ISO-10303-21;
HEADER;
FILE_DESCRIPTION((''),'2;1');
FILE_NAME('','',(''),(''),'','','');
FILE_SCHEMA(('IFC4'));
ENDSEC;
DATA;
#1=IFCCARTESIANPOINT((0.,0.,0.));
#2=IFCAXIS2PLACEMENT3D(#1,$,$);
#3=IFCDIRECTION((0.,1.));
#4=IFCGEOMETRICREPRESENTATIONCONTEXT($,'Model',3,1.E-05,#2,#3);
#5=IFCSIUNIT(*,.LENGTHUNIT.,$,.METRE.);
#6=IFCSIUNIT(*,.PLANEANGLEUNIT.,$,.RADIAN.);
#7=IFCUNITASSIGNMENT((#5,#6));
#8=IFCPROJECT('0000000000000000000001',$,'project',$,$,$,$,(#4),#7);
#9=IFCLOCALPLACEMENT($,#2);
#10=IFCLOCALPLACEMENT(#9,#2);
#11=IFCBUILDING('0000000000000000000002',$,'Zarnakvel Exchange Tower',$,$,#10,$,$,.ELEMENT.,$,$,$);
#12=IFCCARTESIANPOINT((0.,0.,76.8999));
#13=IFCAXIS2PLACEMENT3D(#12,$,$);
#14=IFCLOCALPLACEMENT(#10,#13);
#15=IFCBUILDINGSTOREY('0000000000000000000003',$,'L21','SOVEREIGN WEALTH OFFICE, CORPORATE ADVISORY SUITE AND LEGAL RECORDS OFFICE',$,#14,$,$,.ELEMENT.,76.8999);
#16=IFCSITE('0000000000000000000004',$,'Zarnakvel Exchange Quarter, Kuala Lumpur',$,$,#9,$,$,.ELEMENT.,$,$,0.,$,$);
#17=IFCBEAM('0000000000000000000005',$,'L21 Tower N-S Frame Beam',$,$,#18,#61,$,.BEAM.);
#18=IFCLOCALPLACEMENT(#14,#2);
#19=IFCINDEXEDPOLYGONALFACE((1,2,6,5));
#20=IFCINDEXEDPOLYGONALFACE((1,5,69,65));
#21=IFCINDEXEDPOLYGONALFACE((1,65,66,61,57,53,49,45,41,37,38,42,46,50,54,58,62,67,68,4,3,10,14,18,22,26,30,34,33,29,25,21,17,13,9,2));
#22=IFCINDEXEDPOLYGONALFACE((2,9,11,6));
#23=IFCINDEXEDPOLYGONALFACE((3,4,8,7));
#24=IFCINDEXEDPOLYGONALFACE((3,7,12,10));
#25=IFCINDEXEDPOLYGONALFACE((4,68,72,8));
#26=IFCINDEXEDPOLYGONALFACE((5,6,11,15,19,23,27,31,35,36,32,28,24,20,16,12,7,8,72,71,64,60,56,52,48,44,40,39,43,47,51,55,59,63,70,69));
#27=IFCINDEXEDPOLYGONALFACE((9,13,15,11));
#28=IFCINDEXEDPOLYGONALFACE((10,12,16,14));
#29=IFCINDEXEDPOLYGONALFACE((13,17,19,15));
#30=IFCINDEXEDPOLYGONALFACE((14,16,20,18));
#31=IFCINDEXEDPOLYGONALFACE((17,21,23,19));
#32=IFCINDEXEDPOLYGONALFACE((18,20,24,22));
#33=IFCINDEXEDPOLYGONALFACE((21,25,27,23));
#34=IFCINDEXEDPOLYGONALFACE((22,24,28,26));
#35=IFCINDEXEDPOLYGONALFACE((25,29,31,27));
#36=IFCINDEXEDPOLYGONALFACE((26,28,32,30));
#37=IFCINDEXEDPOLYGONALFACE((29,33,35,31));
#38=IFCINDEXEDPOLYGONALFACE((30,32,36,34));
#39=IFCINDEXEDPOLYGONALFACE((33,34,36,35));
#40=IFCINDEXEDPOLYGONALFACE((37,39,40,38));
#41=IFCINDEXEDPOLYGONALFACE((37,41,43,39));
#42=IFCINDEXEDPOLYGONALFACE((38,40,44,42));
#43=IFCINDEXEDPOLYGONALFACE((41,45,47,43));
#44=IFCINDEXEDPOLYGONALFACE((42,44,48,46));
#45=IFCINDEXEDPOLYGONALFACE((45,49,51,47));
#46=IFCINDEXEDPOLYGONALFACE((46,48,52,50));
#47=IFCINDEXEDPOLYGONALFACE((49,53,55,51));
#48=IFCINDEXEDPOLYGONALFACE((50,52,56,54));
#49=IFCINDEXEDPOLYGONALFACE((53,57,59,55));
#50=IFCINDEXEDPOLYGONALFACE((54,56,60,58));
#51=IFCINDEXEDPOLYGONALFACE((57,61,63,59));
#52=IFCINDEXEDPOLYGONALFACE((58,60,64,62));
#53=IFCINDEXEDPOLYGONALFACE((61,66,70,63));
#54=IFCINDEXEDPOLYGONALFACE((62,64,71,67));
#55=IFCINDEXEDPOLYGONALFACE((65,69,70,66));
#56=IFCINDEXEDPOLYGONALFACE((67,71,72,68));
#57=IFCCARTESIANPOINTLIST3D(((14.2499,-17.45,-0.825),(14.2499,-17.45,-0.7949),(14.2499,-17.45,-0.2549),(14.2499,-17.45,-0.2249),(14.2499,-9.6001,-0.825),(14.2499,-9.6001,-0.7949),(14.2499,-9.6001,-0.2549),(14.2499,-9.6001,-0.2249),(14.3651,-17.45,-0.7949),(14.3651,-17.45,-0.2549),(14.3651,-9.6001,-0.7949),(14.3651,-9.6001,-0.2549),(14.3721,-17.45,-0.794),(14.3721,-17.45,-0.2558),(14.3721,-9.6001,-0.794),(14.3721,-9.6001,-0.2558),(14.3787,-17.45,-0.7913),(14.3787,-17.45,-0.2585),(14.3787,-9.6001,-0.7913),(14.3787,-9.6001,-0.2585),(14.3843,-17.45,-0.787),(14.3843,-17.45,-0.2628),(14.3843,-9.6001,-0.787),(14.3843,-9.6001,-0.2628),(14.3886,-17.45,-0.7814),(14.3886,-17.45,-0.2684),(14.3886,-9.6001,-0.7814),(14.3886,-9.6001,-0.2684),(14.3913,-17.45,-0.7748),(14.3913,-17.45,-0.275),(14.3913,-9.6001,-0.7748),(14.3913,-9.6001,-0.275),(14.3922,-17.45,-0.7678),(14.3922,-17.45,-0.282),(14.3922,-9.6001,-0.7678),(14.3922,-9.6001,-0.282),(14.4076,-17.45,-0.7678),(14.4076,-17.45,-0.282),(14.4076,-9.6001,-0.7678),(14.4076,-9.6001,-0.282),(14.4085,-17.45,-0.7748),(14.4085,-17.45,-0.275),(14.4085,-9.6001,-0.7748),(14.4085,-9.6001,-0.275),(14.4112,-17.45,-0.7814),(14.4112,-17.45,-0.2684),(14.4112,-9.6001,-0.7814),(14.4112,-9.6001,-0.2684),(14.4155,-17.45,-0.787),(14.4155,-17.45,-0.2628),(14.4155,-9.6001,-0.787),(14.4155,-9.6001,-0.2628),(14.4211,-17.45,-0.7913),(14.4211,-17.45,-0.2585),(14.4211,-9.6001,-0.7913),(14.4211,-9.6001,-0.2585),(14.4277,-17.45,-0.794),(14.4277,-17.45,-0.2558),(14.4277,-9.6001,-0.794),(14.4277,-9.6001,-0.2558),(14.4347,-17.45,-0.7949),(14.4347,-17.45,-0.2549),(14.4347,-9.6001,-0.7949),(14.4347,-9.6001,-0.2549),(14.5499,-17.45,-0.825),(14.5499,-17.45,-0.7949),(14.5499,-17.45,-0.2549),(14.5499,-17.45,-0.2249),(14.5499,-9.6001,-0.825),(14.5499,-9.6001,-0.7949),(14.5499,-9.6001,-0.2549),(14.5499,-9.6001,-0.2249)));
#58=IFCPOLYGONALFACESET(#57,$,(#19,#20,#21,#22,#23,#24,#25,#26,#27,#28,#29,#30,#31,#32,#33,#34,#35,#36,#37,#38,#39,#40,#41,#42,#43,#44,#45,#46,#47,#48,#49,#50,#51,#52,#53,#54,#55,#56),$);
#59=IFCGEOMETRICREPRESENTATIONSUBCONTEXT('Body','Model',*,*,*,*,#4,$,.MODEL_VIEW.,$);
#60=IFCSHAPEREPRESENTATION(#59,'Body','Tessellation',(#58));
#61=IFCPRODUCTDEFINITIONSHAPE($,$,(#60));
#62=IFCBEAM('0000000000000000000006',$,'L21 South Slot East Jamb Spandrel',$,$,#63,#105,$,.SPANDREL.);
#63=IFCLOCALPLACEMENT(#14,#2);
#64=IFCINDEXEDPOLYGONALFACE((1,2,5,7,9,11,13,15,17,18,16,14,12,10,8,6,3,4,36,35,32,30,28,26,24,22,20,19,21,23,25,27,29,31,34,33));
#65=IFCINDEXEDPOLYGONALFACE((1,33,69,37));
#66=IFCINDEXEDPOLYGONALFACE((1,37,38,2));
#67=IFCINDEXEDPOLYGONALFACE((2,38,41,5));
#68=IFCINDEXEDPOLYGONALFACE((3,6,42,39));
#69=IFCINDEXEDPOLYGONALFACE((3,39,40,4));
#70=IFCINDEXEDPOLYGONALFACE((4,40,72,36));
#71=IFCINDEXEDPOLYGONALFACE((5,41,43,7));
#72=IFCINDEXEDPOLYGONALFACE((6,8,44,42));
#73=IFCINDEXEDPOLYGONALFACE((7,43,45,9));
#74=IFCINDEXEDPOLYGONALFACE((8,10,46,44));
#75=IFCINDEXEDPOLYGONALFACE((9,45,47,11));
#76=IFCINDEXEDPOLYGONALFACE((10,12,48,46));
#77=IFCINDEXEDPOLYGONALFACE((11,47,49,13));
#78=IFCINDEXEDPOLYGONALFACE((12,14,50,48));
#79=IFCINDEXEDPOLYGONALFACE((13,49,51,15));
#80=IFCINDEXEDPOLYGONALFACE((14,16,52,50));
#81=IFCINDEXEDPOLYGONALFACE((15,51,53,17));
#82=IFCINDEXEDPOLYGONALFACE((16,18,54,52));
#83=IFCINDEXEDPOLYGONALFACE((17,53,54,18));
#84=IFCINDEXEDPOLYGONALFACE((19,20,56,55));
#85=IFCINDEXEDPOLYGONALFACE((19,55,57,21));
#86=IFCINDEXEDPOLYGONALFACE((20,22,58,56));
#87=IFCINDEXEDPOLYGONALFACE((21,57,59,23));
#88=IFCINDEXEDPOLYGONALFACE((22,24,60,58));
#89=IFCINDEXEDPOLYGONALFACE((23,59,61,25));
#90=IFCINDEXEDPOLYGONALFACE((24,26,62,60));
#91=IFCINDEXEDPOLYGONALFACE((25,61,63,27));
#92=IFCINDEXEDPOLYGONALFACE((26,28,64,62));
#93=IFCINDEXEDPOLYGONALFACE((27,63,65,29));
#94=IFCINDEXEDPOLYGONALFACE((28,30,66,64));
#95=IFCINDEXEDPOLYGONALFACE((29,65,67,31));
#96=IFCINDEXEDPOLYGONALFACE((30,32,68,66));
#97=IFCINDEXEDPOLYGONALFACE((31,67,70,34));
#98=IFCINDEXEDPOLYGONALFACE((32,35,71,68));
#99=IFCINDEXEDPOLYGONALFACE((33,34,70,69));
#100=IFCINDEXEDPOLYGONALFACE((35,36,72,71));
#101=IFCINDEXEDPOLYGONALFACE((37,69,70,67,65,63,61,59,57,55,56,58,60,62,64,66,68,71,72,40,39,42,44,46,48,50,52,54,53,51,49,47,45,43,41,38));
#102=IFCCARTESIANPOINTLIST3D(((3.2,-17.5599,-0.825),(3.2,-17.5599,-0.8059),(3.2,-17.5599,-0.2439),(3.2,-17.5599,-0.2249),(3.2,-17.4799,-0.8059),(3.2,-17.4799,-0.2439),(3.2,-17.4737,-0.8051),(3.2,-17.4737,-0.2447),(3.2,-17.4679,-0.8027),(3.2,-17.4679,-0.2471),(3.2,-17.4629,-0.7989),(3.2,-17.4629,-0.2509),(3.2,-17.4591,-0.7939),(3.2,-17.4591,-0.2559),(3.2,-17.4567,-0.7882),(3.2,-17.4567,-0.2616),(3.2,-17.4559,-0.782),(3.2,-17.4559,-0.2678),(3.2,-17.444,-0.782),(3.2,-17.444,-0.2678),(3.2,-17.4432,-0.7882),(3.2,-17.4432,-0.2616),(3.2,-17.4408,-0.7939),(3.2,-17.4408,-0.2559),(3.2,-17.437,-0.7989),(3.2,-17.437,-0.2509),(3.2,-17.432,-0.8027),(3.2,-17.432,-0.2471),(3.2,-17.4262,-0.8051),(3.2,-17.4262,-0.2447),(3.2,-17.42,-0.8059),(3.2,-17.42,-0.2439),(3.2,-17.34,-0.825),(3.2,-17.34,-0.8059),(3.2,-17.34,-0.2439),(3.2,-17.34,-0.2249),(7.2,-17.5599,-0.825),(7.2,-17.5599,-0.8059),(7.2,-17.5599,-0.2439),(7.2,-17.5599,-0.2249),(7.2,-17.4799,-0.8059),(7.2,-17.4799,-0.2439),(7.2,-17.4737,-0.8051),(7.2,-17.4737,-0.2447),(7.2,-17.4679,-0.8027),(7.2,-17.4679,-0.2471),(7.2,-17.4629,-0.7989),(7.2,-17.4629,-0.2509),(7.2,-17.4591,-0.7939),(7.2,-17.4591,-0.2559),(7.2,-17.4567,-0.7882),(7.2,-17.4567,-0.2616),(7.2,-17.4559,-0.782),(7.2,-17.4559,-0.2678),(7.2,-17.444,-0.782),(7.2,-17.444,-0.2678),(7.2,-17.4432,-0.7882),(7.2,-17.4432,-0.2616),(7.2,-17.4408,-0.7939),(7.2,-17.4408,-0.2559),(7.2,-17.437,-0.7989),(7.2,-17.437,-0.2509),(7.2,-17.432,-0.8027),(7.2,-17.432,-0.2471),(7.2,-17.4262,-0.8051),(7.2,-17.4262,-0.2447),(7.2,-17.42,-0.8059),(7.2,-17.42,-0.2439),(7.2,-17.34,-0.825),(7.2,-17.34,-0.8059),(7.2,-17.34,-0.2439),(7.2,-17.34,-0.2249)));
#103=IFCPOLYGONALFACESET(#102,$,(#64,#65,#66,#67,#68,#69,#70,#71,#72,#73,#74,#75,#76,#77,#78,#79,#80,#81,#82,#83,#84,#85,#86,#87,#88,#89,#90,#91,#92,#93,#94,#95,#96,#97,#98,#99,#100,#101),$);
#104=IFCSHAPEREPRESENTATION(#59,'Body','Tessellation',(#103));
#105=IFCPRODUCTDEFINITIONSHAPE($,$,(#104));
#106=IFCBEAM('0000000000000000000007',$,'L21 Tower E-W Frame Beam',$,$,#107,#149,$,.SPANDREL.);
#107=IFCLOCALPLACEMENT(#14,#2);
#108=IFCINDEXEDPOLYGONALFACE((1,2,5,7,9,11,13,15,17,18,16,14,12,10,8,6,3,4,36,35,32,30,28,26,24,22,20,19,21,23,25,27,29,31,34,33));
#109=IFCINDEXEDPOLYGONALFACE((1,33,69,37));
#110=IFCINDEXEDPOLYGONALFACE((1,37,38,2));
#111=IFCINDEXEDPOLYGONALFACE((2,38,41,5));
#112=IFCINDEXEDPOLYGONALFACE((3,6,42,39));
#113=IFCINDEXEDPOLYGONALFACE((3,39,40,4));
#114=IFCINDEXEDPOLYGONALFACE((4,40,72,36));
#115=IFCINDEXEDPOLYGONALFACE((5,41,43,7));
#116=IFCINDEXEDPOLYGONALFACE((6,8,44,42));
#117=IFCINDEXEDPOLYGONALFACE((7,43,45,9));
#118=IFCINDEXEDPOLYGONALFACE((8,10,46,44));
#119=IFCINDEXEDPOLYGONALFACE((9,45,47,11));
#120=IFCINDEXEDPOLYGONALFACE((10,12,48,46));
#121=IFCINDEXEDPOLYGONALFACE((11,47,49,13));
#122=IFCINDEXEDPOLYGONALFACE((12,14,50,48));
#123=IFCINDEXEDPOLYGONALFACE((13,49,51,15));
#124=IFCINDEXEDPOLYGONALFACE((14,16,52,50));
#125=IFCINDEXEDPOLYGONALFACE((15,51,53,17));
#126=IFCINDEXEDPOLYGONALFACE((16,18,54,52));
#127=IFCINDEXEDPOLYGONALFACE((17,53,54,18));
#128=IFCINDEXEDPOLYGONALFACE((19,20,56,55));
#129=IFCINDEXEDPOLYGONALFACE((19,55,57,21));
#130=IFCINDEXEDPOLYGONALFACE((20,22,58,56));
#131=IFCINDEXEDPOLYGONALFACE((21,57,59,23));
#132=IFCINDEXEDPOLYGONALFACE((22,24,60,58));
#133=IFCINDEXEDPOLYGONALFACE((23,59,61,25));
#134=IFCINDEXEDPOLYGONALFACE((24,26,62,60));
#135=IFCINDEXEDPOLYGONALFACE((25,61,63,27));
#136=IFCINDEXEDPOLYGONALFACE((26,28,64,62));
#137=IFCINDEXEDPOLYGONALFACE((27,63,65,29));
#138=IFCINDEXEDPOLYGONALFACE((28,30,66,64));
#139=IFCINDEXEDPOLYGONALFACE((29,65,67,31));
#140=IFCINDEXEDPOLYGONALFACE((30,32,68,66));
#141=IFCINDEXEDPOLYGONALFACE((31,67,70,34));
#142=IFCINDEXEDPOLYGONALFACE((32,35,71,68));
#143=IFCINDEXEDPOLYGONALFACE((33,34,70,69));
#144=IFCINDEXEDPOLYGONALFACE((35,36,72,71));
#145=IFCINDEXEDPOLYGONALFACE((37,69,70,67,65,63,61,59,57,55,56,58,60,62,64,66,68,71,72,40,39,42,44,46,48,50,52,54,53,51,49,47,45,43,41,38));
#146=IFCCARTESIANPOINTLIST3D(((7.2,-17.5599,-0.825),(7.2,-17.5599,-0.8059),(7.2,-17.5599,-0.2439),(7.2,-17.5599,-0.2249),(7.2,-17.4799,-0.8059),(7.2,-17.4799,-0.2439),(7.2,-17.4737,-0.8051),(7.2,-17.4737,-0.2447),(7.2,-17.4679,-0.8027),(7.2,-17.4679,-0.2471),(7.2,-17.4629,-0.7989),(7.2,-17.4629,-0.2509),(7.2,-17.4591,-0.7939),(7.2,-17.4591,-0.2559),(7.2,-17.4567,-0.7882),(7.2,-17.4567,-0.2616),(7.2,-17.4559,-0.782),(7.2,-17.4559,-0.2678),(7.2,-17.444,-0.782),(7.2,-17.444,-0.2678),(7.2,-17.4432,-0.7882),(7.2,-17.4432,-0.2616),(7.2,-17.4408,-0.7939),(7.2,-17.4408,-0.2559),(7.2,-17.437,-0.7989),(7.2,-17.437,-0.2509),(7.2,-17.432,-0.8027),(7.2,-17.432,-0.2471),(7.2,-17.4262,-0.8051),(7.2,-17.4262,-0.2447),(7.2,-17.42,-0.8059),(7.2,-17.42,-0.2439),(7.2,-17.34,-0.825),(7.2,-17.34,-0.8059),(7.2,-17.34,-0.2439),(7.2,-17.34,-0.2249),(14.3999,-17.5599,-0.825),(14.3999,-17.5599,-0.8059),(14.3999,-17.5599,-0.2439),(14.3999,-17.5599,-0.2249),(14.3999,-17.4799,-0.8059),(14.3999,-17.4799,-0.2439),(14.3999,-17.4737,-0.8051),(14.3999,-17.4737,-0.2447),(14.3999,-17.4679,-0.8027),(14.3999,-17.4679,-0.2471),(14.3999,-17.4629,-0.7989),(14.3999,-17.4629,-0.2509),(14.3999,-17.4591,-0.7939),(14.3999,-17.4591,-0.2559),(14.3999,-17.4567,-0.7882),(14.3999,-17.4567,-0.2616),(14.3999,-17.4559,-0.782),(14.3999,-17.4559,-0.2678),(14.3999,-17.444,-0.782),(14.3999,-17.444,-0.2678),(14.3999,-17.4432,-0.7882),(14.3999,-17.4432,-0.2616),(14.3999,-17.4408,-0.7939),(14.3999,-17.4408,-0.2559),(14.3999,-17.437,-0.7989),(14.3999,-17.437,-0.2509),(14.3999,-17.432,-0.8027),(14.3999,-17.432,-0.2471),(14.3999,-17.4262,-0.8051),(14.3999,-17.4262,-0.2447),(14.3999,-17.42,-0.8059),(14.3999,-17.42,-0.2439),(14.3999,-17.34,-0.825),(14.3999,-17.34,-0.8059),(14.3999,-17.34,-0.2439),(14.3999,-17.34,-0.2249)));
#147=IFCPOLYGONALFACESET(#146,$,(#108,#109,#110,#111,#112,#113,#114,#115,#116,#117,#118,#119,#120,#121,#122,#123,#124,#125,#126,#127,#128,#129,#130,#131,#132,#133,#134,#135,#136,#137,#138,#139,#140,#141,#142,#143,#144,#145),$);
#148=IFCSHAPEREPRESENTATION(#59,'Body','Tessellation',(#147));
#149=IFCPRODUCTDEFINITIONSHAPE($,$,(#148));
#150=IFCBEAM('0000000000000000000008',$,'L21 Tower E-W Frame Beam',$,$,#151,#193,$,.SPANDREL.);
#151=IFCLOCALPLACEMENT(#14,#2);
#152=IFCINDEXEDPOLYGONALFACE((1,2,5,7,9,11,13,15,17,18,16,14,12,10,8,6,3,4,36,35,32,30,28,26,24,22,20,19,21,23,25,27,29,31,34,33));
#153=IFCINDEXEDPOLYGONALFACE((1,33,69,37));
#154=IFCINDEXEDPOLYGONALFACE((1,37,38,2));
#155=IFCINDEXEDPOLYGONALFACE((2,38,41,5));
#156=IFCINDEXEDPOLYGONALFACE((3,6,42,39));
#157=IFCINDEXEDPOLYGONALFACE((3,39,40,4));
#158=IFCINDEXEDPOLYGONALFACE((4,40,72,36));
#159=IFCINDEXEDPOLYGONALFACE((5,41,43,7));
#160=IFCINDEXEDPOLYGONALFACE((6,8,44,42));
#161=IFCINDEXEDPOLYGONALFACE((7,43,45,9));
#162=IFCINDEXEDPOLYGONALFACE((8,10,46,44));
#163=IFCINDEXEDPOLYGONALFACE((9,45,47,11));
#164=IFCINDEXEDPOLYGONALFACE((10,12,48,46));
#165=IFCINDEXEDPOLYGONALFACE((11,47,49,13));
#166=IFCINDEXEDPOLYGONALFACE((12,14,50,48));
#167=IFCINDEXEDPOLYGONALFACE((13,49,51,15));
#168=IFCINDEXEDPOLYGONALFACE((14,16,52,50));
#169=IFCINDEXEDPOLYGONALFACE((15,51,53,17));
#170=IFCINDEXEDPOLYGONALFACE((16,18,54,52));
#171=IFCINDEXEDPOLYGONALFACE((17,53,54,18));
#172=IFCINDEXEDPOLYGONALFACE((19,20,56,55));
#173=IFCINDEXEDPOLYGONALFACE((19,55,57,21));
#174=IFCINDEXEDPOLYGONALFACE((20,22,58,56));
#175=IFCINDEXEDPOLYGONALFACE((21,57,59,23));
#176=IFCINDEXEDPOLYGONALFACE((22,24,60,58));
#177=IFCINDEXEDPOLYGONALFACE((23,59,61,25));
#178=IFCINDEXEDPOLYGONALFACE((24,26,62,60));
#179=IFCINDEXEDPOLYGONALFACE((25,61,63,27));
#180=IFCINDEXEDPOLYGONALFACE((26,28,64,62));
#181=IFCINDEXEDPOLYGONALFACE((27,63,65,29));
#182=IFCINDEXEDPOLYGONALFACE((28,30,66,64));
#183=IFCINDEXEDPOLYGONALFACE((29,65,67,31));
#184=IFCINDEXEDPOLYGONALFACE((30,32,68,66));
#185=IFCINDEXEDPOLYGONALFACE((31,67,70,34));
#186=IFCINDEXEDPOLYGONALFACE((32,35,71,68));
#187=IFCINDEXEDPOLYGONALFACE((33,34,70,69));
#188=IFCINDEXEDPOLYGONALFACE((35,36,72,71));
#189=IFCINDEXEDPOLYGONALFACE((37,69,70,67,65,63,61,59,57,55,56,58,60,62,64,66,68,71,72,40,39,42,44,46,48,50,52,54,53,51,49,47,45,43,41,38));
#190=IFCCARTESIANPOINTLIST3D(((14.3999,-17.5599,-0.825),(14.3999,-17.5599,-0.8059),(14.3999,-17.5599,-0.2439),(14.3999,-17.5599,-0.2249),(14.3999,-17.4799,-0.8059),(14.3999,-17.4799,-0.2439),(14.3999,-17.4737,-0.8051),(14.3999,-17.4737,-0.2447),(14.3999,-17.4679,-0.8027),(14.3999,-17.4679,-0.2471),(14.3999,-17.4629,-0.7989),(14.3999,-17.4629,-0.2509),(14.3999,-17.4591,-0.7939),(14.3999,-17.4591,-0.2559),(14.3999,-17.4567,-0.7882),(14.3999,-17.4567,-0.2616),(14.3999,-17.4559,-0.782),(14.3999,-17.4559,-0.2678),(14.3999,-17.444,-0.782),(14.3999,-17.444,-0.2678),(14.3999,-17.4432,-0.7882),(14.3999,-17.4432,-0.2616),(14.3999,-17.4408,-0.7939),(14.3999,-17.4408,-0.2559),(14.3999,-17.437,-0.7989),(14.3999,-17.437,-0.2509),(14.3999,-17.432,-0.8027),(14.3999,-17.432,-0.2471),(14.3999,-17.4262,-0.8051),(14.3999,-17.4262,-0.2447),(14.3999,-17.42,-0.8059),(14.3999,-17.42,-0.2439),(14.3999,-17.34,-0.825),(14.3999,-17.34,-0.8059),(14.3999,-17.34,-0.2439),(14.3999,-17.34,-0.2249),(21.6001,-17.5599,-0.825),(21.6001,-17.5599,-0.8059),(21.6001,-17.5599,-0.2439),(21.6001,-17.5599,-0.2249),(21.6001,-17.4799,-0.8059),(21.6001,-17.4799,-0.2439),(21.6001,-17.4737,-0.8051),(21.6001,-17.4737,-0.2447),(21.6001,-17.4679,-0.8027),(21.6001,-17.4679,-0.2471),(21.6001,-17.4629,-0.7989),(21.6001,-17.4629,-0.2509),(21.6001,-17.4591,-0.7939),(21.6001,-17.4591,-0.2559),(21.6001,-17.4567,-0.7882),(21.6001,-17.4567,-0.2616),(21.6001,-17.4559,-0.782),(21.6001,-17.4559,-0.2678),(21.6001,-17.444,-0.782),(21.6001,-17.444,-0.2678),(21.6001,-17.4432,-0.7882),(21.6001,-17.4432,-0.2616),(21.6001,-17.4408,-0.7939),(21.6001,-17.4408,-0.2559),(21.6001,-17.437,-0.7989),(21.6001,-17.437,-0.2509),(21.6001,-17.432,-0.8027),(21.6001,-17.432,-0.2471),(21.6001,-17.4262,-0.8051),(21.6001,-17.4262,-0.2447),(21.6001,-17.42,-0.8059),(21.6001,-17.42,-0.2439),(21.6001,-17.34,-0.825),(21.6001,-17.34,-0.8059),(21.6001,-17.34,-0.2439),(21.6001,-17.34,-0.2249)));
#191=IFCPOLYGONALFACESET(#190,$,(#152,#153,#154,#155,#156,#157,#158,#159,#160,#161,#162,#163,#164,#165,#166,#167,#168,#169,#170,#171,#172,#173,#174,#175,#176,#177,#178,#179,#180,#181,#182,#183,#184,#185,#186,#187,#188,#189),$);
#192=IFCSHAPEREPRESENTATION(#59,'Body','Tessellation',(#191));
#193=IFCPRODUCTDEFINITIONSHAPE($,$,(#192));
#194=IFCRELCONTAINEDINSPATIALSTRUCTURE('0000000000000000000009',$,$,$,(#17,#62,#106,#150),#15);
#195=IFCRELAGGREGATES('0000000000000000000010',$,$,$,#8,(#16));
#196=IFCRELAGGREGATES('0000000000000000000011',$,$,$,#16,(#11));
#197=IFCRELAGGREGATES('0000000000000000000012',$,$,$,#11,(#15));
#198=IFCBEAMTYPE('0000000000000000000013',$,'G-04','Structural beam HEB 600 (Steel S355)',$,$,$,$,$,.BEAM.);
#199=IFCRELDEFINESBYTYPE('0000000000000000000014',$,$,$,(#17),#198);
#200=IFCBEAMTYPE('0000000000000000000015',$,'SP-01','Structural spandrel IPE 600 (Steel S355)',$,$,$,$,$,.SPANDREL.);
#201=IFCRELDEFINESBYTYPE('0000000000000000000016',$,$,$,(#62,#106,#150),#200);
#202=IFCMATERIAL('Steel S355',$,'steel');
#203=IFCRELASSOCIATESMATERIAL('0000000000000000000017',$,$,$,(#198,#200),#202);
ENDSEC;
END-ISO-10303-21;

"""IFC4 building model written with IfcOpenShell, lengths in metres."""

from ifc_helpers import new_model, si_unit, direction, frame, origin, origin_2d, place, context, subcontext, project, spatial, i_section, extrude, material, material_profile, profile_set, type_object, element, save


model = new_model("IFC4")

# Units and contexts
model_context = context("Model", 3, precision=1e-05, world=origin(), true_north=direction((0.0, 1.0)))
body_context = subcontext(model_context, "Body", "Model", "MODEL_VIEW")
ifc_project = project(units=[si_unit("LENGTHUNIT", "METRE"), si_unit("PLANEANGLEUNIT", "RADIAN")], contexts=[model_context])

# Site, building, storey
site_placement = place(None, origin())
site = spatial("IfcSite", under=ifc_project, at=site_placement, Name="Zarnakvel Exchange Quarter, Kuala Lumpur", CompositionType="ELEMENT", RefElevation=0.0)
building_placement = place(site_placement, origin())
building = spatial("IfcBuilding", under=site, at=building_placement, Name="Zarnakvel Exchange Tower", CompositionType="ELEMENT")
storey_placement = place(building_placement, frame((0.0, 0.0, 76.8999)))
storey = spatial("IfcBuildingStorey", under=building, at=storey_placement, Name="L21", Description="SOVEREIGN WEALTH OFFICE, CORPORATE ADVISORY SUITE AND LEGAL RECORDS OFFICE", CompositionType="ELEMENT", Elevation=76.8999)

# Beams
ifc_material_1 = material(Name="Steel S355", Category="steel")
ifc_material_profile_1 = material_profile(ifc_material_1, i_section(OverallWidth=0.3, OverallDepth=0.6001, WebThickness=0.0154, FlangeThickness=0.03, FilletRadius=0.0271, at=origin_2d()))
ifc_profile_set_1 = profile_set([ifc_material_profile_1], Name="Steel S355")
beam_type_1 = type_object("IfcBeamType", Name="G-04", Description="Structural beam HEB 600 (Steel S355)", PredefinedType="BEAM", material=ifc_profile_set_1)
for number, where, z_axis, x_axis, name in (
    (1, (14.3999, -17.45, -0.5249), (0.0, 1.0, 0.0), (-1.0, 0.0, 0.0), "L21 Tower N-S Frame Beam"),
):
    element("IfcBeam", number, at=place(storey_placement, frame(where, z_axis=z_axis, x_axis=x_axis)), inside=storey, type_object=beam_type_1, Name=name, PredefinedType="BEAM", context=body_context, shape_type="SweptSolid", body=[
        extrude(i_section(OverallWidth=0.3, OverallDepth=0.6001, WebThickness=0.0154, FlangeThickness=0.03, FilletRadius=0.0271, at=origin_2d()), origin(), (0.0, 0.0, 1.0), 7.8499),
    ])
ifc_material_profile_2 = material_profile(ifc_material_1, i_section(OverallWidth=0.22, OverallDepth=0.6001, WebThickness=0.012, FlangeThickness=0.019, FilletRadius=0.0239, at=origin_2d()))
ifc_profile_set_2 = profile_set([ifc_material_profile_2], Name="Steel S355")
beam_type_2 = type_object("IfcBeamType", Name="SP-01", Description="Structural spandrel IPE 600 (Steel S355)", PredefinedType="SPANDREL", material=ifc_profile_set_2)
beam_1_placement = place(storey_placement, frame((3.2, -17.45, -0.5249), z_axis=(1.0, 0.0, 0.0), x_axis=(0.0, 1.0, 0.0)))
element("IfcBeam", 2, at=beam_1_placement, inside=storey, type_object=beam_type_2, Name="L21 South Slot East Jamb Spandrel", PredefinedType="SPANDREL", context=body_context, shape_type="SweptSolid", body=[
    extrude(i_section(OverallWidth=0.22, OverallDepth=0.6001, WebThickness=0.012, FlangeThickness=0.019, FilletRadius=0.0239, at=origin_2d()), origin(), (0.0, 0.0, 1.0), 4.0),
])
beam_2_placement = place(storey_placement, frame((7.2, -17.45, -0.5249), z_axis=(1.0, 0.0, 0.0), x_axis=(0.0, 1.0, 0.0)))
element("IfcBeam", 3, at=beam_2_placement, inside=storey, type_object=beam_type_2, Name="L21 Tower E-W Frame Beam", PredefinedType="SPANDREL", context=body_context, shape_type="SweptSolid", body=[
    extrude(i_section(OverallWidth=0.22, OverallDepth=0.6001, WebThickness=0.012, FlangeThickness=0.019, FilletRadius=0.0239, at=origin_2d()), origin(), (0.0, 0.0, 1.0), 7.2),
])
beam_3_placement = place(storey_placement, frame((14.3999, -17.45, -0.5249), z_axis=(1.0, 0.0, 0.0), x_axis=(0.0, 1.0, 0.0)))
element("IfcBeam", 4, at=beam_3_placement, inside=storey, type_object=beam_type_2, Name="L21 Tower E-W Frame Beam", PredefinedType="SPANDREL", context=body_context, shape_type="SweptSolid", body=[
    extrude(i_section(OverallWidth=0.22, OverallDepth=0.6001, WebThickness=0.012, FlangeThickness=0.019, FilletRadius=0.0239, at=origin_2d()), origin(), (0.0, 0.0, 1.0), 7.2002),
])

save(model, "model.ifc")
